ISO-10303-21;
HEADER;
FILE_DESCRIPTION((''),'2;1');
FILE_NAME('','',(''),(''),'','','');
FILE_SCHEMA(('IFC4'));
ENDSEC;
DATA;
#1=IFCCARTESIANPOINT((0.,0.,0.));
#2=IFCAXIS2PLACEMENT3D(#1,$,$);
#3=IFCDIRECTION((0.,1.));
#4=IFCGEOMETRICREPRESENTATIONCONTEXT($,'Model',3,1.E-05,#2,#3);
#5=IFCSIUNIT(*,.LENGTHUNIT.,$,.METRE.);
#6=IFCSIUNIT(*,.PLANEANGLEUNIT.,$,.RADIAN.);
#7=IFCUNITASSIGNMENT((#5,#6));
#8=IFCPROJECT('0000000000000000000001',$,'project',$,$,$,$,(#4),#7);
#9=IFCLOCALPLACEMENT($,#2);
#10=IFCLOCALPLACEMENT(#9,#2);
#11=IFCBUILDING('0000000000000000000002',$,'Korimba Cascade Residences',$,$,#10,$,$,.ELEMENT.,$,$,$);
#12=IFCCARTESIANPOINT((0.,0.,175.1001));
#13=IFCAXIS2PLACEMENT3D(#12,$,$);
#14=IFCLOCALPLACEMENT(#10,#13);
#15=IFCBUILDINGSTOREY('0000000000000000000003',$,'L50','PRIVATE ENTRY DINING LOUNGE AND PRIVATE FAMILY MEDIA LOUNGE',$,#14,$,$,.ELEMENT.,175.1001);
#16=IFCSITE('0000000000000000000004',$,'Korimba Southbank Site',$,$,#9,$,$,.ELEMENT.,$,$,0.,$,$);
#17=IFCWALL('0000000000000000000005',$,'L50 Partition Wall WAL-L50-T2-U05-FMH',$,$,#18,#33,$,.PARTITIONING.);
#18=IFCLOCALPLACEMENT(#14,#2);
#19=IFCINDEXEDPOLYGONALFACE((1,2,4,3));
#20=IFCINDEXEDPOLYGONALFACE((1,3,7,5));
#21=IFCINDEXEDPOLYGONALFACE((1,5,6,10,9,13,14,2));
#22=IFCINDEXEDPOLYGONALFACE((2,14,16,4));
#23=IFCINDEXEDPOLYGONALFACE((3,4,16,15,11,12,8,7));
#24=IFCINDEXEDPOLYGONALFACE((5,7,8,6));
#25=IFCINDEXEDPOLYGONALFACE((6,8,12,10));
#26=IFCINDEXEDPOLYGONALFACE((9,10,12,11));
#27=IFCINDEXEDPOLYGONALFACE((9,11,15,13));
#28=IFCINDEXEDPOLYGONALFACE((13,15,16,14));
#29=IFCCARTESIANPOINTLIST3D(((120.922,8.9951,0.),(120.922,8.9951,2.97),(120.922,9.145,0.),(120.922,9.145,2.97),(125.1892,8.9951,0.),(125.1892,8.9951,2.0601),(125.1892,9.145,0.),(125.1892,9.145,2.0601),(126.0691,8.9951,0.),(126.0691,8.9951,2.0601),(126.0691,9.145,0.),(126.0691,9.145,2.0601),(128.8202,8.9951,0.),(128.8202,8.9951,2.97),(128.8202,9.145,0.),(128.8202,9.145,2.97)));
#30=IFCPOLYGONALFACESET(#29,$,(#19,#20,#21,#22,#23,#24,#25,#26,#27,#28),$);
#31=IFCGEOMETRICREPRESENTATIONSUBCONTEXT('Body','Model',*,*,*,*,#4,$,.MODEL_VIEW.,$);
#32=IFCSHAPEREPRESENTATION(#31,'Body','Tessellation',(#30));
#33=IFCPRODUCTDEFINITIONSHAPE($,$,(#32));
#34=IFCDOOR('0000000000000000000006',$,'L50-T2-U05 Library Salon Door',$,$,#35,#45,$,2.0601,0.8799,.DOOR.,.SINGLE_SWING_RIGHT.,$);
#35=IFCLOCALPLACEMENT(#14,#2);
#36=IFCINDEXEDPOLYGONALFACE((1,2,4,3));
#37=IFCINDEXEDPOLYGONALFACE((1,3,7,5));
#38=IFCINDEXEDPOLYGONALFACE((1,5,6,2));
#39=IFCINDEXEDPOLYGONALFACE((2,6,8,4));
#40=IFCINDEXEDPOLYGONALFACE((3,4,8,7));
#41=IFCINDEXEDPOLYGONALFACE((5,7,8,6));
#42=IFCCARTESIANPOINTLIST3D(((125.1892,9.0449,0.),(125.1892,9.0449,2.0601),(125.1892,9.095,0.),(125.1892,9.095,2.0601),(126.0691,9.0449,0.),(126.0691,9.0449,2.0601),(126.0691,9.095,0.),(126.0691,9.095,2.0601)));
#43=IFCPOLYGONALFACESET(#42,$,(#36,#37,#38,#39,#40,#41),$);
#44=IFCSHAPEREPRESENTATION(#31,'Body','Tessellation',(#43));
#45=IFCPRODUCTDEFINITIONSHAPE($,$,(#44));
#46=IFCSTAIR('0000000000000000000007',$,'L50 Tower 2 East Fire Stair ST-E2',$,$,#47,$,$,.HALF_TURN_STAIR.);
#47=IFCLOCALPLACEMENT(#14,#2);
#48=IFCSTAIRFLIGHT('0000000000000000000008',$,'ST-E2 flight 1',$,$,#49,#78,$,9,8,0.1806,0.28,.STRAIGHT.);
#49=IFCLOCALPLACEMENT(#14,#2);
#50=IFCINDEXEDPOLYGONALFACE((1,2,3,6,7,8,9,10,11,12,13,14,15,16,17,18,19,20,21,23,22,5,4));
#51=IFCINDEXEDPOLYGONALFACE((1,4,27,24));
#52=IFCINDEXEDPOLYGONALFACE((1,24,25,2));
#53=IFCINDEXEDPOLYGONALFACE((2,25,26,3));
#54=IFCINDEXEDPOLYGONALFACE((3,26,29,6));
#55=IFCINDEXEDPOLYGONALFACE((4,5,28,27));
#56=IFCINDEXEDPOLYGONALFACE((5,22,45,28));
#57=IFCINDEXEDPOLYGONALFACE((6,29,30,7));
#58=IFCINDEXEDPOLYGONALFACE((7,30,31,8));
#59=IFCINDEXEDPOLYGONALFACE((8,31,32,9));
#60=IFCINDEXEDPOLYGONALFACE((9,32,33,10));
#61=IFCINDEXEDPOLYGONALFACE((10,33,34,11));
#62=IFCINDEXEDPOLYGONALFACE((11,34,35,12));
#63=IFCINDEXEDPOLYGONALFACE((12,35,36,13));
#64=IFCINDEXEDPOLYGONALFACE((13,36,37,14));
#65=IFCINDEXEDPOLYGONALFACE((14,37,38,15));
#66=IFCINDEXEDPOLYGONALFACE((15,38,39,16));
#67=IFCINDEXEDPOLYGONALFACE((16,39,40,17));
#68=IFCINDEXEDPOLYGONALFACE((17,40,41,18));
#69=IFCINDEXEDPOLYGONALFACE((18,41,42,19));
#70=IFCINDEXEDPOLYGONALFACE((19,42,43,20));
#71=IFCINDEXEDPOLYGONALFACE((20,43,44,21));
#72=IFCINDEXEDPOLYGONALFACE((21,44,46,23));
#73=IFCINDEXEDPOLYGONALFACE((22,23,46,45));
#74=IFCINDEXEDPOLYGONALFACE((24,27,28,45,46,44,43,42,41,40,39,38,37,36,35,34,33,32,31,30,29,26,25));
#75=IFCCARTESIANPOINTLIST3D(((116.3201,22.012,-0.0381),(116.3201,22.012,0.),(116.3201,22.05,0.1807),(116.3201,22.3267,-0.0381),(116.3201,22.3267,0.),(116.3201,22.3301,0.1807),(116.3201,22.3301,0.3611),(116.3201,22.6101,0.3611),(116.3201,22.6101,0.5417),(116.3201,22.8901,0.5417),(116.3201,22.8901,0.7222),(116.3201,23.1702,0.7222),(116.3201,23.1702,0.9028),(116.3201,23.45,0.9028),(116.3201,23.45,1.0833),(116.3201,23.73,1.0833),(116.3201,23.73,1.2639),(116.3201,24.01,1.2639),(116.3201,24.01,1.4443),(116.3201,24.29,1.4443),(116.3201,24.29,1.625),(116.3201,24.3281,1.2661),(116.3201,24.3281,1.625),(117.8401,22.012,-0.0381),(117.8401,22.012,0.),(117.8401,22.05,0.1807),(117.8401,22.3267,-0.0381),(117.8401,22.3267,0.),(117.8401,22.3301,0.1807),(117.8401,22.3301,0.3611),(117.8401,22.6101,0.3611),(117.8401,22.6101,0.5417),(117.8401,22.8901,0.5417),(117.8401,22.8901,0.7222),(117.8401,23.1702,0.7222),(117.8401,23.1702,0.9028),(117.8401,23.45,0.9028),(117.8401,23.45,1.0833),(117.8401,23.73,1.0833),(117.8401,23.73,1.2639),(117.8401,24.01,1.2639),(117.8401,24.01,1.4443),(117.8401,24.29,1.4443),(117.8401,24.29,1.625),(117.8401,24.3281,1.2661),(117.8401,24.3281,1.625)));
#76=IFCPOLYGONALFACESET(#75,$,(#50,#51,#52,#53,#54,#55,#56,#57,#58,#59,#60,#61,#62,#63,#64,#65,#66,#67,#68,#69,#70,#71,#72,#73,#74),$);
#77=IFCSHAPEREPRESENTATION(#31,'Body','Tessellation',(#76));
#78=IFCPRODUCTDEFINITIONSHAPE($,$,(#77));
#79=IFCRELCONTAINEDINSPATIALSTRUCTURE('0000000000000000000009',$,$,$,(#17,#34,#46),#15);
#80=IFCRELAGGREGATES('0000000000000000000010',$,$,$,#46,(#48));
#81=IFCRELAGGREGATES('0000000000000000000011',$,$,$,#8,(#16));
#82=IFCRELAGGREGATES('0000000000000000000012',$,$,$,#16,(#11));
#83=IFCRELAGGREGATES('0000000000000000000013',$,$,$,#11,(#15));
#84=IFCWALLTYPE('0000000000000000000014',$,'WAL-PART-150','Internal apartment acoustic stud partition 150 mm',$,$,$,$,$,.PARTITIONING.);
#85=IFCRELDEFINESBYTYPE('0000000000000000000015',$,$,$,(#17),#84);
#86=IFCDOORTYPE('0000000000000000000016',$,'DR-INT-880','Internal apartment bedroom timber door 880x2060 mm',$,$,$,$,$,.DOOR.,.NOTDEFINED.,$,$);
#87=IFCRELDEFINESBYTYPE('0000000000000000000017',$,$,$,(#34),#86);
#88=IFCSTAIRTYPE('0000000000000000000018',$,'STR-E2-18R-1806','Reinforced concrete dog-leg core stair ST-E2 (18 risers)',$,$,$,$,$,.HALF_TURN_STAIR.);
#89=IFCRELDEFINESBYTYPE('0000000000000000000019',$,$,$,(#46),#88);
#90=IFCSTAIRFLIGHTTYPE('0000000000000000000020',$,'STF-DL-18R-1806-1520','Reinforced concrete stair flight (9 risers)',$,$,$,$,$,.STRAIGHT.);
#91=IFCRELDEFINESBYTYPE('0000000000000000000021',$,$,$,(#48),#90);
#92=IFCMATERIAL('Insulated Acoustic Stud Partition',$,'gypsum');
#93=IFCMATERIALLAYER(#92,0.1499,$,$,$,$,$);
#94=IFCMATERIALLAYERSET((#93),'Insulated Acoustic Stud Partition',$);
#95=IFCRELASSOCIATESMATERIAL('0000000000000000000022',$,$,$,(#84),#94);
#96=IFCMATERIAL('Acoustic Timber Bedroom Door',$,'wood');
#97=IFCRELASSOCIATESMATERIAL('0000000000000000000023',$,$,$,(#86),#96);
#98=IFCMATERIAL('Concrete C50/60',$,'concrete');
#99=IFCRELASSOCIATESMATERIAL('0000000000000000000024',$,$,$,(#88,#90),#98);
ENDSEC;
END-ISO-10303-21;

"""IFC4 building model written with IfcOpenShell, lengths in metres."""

from ifc_helpers import new_model, si_unit, direction, frame, frame_2d, origin, place, context, subcontext, project, spatial, polyline, rectangle, outline, extrude, material, layer, layer_set, type_object, element, fill, aggregate, save


model = new_model("IFC4")

# Units and contexts
model_context = context("Model", 3, precision=1e-05, world=origin(), true_north=direction((0.0, 1.0)))
body_context = subcontext(model_context, "Body", "Model", "MODEL_VIEW")
ifc_project = project(units=[si_unit("LENGTHUNIT", "METRE"), si_unit("PLANEANGLEUNIT", "RADIAN")], contexts=[model_context])

# Site, building, storey
site_placement = place(None, origin())
site = spatial("IfcSite", under=ifc_project, at=site_placement, Name="Korimba Southbank Site", CompositionType="ELEMENT", RefElevation=0.0)
building_placement = place(site_placement, origin())
building = spatial("IfcBuilding", under=site, at=building_placement, Name="Korimba Cascade Residences", CompositionType="ELEMENT")
storey_placement = place(building_placement, frame((0.0, 0.0, 175.1001)))
storey = spatial("IfcBuildingStorey", under=building, at=storey_placement, Name="L50", Description="PRIVATE ENTRY DINING LOUNGE AND PRIVATE FAMILY MEDIA LOUNGE", CompositionType="ELEMENT", Elevation=175.1001)

# Shared definitions
ifc_material_1 = material(Name="Concrete C50/60", Category="concrete")

# Shared definitions
ifc_material_2 = material(Name="Insulated Acoustic Stud Partition", Category="gypsum")
ifc_layer_1 = layer(ifc_material_2, 0.1499)
ifc_layer_set_1 = layer_set([ifc_layer_1], Name="Insulated Acoustic Stud Partition")
wall_type_1 = type_object("IfcWallType", Name="WAL-PART-150", Description="Internal apartment acoustic stud partition 150 mm", PredefinedType="PARTITIONING", material=ifc_layer_set_1)
ifc_material_3 = material(Name="Acoustic Timber Bedroom Door", Category="wood")
door_type_1 = type_object("IfcDoorType", Name="DR-INT-880", Description="Internal apartment bedroom timber door 880x2060 mm", OperationType="NOTDEFINED", PredefinedType="DOOR", material=ifc_material_3)

# Wall, opening, door
wall_1_placement = place(storey_placement, frame((120.9219, 9.0701, 0.0), z_axis=(0.0, 0.0, 1.0), x_axis=(1.0, 0.0, 0.0)))
wall_1 = element("IfcWall", 1, at=wall_1_placement, inside=storey, type_object=wall_type_1, Name="L50 Partition Wall WAL-L50-T2-U05-FMH", PredefinedType="PARTITIONING", context=body_context, shape_type="SweptSolid", body=[
    extrude(rectangle(XDim=7.8982, YDim=0.1499, at=frame_2d((3.9492, 0.0))), origin(), (0.0, 0.0, 1.0), 2.97),
])
opening_1_placement = place(wall_1_placement, frame((4.2673, 0.0, 0.0)))
opening_1 = element("IfcOpeningElement", 2, at=opening_1_placement, cuts=wall_1, PredefinedType="OPENING", context=body_context, shape_type="SweptSolid", body=[
    extrude(rectangle(XDim=0.8799, YDim=2.0601, at=frame_2d((0.4399, 1.03))), frame((0.0, 0.085, 0.0), z_axis=(0.0, -1.0, 0.0), x_axis=(1.0, 0.0, 0.0)), (0.0, 0.0, 1.0), 0.1699),
])
door_1_placement = place(opening_1_placement, origin())
door_1 = element("IfcDoor", 3, at=door_1_placement, inside=storey, type_object=door_type_1, Name="L50-T2-U05 Library Salon Door", OperationType="SINGLE_SWING_RIGHT", OverallHeight=2.0601, OverallWidth=0.8799, PredefinedType="DOOR", context=body_context, shape_type="SweptSolid", body=[
    extrude(rectangle(XDim=0.8799, YDim=2.0601, at=frame_2d((0.4399, 1.03))), frame((0.0, 0.0249, 0.0), z_axis=(0.0, -1.0, 0.0), x_axis=(1.0, 0.0, 0.0)), (0.0, 0.0, 1.0), 0.05),
])
fill(opening_1, door_1)

# Stair, stair flight
stair_type = type_object("IfcStairType", Name="STR-E2-18R-1806", Description="Reinforced concrete dog-leg core stair ST-E2 (18 risers)", PredefinedType="HALF_TURN_STAIR", material=ifc_material_1)
stair_placement = place(storey_placement, origin())
stair = element("IfcStair", 4, at=stair_placement, inside=storey, type_object=stair_type, Name="L50 Tower 2 East Fire Stair ST-E2", PredefinedType="HALF_TURN_STAIR")
stair_flight_type = type_object("IfcStairFlightType", Name="STF-DL-18R-1806-1520", Description="Reinforced concrete stair flight (9 risers)", PredefinedType="STRAIGHT", material=ifc_material_1)
stair_flight_placement = place(storey_placement, frame((117.0801, 22.05, 0.0), z_axis=(0.0, 0.0, 1.0), x_axis=(0.0, 1.0, 0.0)))
stair_flight = element("IfcStairFlight", 5, at=stair_flight_placement, type_object=stair_flight_type, Name="ST-E2 flight 1", NumberOfRisers=9, NumberOfTreads=8, PredefinedType="STRAIGHT", RiserHeight=0.1806, TreadLength=0.28, context=body_context, shape_type="SweptSolid", body=[
    extrude(outline(polyline([(-0.0381, 0.0), (0.0, 0.1807), (0.28, 0.1807), (0.28, 0.3611), (0.5601, 0.3611), (0.5601, 0.5417), (0.8401, 0.5417), (0.8401, 0.7222), (1.1201, 0.7222), (1.1201, 0.9028), (1.3999, 0.9028), (1.3999, 1.0833), (1.6799, 1.0833), (1.6799, 1.2639), (1.96, 1.2639), (1.96, 1.4443), (2.24, 1.4443), (2.24, 1.625), (2.2781, 1.625), (2.2781, 1.2661), (0.2766, 0.0), (0.2766, -0.0381), (-0.0381, -0.0381), (-0.0381, 0.0)])), frame((0.0, 0.76, 0.0), z_axis=(0.0, -1.0, 0.0), x_axis=(1.0, 0.0, 0.0)), (0.0, 0.0, 1.0), 1.52),
])
aggregate(stair, [stair_flight])

save(model, "model.ifc")
